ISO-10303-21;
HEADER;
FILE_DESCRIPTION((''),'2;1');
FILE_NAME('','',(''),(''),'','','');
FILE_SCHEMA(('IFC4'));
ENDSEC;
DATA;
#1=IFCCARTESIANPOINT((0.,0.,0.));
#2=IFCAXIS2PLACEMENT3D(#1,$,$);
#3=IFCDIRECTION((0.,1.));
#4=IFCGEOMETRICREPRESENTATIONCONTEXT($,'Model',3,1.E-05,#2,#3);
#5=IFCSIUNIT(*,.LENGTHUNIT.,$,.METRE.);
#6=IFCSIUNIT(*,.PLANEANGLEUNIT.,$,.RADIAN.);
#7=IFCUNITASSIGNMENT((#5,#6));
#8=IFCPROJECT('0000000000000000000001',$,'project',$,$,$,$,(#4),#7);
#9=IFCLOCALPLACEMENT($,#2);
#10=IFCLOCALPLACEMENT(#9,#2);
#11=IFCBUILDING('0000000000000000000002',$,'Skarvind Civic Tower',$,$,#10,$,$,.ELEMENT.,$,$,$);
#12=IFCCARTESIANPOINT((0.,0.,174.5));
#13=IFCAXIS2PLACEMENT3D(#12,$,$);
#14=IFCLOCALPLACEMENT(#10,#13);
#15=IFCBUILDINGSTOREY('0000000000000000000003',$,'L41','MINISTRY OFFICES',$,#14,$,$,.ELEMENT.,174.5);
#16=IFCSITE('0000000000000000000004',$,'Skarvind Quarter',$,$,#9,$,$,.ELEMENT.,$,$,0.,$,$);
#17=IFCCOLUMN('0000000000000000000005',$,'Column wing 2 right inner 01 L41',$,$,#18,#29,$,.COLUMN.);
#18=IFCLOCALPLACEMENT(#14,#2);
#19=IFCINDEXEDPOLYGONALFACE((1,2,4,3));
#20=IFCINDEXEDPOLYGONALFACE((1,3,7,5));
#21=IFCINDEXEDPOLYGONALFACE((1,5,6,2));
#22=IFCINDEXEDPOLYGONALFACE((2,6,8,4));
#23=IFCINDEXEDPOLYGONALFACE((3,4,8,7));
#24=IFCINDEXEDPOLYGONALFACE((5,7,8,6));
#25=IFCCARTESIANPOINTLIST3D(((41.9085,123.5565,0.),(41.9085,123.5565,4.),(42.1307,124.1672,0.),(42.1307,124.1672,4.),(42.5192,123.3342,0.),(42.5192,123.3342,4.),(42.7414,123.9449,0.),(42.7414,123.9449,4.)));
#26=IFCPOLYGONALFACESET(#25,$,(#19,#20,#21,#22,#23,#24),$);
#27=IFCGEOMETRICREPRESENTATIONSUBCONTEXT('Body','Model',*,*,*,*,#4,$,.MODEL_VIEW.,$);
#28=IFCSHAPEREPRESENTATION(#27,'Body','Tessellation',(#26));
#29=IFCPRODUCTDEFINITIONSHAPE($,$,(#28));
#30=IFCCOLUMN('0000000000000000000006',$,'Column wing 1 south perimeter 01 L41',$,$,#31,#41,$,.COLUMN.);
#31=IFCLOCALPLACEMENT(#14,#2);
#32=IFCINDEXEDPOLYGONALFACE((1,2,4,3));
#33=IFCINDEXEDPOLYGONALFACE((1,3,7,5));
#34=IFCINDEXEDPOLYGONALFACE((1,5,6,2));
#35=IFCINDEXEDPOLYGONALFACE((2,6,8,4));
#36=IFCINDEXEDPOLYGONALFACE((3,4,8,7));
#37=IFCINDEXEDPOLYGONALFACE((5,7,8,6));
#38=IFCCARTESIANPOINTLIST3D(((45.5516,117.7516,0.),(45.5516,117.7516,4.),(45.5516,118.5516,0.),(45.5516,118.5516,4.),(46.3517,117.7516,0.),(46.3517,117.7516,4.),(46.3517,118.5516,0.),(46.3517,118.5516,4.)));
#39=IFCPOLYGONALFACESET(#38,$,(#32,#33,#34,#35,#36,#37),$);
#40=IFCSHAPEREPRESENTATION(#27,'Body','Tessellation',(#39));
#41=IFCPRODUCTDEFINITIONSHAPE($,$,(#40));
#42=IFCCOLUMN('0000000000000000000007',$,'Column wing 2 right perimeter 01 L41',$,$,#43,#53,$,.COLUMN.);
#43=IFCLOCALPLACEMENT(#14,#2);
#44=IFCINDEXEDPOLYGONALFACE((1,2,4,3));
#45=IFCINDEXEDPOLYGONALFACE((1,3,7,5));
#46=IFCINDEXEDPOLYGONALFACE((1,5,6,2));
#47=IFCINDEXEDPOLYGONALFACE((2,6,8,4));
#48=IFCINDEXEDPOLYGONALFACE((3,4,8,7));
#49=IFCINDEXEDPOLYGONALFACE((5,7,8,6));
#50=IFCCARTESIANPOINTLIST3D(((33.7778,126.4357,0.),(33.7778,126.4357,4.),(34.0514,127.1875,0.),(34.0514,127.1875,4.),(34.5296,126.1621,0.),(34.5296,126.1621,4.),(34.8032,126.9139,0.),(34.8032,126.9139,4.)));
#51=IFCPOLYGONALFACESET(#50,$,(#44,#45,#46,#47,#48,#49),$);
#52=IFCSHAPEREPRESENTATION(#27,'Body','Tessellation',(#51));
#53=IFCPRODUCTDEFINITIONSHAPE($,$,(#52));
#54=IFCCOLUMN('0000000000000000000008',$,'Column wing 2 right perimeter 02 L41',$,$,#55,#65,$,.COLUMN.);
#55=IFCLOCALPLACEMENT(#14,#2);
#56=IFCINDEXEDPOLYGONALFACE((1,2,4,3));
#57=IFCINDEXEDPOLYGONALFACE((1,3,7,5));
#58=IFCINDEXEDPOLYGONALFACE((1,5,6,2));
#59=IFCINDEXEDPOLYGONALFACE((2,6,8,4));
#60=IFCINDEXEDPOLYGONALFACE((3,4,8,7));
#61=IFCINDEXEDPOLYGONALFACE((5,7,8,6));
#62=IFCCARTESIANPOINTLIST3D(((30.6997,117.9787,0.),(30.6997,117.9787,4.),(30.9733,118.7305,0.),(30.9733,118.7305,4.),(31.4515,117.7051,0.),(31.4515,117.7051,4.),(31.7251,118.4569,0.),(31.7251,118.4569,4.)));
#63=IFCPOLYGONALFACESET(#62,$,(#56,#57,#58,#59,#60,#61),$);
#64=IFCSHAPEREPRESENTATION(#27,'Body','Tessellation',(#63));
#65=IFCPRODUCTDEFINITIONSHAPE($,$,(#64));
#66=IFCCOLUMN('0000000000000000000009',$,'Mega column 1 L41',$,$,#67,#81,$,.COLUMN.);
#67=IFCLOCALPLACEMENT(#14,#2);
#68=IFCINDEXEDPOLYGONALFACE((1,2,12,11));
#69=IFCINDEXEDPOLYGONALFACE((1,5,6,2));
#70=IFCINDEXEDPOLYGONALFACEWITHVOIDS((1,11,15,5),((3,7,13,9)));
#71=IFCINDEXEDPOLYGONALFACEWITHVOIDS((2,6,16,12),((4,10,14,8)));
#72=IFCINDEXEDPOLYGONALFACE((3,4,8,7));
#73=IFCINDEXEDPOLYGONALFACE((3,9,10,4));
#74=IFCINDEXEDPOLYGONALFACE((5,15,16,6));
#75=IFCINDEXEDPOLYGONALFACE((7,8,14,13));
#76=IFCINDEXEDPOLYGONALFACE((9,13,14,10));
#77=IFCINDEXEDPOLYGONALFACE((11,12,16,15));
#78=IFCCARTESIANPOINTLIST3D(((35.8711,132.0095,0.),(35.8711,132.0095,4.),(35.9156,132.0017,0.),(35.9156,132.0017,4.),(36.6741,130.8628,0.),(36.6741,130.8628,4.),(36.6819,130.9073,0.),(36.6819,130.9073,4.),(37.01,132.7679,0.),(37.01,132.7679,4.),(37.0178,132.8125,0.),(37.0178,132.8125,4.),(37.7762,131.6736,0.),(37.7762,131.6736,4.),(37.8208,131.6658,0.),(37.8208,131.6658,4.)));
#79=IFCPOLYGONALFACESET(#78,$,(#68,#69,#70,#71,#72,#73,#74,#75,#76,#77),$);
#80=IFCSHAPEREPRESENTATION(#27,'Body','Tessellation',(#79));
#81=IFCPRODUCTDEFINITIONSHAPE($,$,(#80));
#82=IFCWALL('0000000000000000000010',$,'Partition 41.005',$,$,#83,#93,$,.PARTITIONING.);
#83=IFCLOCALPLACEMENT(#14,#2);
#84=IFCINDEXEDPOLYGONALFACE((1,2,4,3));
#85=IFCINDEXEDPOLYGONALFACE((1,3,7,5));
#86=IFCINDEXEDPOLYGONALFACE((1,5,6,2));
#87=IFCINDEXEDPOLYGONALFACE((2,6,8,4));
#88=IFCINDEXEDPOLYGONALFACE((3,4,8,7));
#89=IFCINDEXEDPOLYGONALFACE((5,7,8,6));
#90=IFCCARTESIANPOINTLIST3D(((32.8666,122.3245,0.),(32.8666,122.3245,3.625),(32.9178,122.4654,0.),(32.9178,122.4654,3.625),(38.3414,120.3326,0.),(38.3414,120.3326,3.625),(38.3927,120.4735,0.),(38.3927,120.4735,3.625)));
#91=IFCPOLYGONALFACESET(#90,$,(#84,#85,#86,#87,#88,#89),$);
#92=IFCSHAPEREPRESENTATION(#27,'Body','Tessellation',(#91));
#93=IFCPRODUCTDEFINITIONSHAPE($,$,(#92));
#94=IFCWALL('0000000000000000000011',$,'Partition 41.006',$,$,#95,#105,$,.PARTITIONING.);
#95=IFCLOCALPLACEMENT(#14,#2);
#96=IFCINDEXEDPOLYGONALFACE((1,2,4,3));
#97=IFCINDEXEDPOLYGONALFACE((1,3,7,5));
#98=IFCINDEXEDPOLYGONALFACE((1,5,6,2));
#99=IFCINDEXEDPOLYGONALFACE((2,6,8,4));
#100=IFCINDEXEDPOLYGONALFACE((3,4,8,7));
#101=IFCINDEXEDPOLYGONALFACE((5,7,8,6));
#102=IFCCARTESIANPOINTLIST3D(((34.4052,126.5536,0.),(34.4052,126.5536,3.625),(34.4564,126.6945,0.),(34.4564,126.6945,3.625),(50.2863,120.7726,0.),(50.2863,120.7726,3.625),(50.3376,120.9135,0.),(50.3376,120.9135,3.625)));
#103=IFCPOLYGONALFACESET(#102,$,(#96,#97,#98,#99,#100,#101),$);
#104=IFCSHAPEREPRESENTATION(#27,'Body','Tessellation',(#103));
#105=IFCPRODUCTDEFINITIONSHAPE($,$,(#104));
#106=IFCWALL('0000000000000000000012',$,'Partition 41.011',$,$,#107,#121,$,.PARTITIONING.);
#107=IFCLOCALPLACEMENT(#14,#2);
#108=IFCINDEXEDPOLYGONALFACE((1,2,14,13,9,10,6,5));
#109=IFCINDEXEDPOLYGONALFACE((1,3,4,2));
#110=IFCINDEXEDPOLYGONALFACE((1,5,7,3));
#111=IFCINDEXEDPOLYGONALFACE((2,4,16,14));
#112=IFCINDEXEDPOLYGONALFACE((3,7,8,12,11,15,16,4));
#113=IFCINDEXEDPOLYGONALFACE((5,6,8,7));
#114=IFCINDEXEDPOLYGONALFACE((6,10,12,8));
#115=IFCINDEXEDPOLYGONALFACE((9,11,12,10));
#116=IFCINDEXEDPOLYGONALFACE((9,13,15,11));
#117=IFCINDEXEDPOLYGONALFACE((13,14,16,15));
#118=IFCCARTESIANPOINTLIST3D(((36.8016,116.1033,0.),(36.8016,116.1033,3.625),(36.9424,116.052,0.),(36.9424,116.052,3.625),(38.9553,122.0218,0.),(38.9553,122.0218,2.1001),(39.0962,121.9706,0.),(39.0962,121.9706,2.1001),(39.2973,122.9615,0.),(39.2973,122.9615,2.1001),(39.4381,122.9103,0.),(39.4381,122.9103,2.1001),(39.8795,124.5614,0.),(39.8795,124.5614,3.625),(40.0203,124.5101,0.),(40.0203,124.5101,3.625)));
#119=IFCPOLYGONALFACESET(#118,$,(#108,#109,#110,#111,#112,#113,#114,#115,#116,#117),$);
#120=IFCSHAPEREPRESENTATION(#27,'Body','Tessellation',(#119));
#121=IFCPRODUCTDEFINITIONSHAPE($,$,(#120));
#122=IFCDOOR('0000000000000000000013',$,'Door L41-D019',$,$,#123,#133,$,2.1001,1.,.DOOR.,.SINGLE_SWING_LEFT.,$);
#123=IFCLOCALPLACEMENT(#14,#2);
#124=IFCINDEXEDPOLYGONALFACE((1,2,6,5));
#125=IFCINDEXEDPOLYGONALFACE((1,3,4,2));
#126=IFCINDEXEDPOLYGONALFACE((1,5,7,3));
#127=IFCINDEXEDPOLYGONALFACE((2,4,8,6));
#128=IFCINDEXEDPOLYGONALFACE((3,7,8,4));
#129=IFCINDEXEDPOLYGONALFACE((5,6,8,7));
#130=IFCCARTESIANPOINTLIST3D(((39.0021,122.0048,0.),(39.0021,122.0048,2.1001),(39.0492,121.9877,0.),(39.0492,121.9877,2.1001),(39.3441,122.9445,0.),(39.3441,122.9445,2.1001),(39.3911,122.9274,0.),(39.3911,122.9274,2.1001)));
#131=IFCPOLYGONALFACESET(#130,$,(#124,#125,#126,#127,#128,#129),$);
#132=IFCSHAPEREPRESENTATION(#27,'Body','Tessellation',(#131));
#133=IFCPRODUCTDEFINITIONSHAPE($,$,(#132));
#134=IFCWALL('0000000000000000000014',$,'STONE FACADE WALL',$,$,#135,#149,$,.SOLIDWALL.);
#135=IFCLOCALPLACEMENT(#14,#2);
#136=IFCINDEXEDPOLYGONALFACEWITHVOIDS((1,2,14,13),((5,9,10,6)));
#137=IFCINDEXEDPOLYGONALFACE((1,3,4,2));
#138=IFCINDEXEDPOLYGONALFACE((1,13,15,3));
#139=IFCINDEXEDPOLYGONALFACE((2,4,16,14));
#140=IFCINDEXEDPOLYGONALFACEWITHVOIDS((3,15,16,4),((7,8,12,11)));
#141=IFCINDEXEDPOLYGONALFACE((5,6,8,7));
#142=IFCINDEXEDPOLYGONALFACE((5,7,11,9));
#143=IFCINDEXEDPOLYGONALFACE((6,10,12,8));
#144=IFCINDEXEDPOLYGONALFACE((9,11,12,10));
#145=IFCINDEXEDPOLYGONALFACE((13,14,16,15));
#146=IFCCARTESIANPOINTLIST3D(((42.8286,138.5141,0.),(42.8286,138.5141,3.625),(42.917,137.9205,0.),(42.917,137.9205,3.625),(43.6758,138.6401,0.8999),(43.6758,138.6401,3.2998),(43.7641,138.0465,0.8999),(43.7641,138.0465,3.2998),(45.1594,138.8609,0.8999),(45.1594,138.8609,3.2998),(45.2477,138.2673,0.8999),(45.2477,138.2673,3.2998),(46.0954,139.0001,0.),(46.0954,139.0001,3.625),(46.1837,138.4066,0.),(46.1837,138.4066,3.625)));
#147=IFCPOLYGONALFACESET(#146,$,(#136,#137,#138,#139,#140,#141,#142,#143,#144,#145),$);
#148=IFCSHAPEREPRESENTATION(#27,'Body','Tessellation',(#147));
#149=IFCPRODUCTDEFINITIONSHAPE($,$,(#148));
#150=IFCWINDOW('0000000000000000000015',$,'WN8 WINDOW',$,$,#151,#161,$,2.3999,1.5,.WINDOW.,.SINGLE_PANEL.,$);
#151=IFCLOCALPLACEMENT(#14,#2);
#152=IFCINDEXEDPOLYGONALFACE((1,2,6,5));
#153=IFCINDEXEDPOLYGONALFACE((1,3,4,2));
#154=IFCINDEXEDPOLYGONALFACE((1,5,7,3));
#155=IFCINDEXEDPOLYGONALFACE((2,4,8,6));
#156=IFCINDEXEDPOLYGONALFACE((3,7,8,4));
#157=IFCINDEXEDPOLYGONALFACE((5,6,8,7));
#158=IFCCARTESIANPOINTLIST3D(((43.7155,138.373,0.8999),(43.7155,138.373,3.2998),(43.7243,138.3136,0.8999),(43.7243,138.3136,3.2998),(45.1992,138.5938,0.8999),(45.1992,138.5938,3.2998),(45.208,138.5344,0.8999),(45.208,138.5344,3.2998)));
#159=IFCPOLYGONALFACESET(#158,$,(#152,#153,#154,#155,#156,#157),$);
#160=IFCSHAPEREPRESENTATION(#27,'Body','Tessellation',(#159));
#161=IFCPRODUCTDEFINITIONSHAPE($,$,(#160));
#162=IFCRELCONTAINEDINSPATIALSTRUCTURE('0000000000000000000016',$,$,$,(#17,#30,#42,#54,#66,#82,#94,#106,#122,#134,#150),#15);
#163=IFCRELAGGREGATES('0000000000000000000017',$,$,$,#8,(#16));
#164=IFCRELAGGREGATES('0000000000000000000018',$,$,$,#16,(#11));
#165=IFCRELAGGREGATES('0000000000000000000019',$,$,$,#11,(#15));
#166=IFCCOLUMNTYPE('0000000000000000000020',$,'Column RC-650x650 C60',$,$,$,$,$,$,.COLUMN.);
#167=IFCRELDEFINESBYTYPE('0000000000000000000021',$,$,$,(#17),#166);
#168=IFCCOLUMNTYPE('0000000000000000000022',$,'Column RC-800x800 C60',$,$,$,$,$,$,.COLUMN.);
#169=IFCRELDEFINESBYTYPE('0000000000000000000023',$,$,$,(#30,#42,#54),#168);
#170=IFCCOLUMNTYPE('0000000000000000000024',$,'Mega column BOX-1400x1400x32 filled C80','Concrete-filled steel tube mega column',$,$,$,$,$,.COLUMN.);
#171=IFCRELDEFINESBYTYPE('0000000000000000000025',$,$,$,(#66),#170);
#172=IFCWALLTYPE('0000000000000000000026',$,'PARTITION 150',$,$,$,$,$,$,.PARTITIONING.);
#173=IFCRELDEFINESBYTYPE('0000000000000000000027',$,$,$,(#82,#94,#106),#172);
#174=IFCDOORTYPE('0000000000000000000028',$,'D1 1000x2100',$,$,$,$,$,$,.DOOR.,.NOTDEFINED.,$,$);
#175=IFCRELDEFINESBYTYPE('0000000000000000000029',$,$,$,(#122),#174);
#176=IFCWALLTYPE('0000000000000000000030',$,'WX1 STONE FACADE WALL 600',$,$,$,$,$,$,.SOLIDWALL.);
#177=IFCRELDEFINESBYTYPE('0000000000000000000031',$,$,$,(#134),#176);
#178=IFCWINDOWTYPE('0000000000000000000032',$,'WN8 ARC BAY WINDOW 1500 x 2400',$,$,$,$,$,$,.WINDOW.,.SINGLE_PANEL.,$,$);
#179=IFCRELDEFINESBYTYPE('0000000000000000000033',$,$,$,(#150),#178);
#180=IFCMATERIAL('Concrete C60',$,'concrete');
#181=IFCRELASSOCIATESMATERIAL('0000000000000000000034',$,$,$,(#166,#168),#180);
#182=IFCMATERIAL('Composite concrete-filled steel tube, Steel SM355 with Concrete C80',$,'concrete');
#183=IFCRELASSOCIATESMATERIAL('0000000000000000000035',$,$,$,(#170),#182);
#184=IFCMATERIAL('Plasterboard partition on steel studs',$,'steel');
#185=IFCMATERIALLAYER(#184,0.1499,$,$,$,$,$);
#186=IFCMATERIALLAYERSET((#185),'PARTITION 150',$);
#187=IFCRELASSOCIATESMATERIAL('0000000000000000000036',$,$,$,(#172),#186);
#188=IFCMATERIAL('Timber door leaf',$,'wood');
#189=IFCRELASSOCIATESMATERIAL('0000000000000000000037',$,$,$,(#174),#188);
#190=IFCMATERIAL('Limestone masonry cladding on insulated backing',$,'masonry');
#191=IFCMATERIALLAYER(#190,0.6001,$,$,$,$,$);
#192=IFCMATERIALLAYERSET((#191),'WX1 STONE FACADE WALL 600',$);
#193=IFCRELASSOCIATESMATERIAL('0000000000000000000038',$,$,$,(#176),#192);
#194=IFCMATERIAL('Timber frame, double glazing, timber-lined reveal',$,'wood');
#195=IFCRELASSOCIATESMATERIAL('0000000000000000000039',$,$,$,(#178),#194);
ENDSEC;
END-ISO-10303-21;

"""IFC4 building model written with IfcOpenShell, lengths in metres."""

from ifc_helpers import new_model, si_unit, direction, frame, frame_2d, origin, origin_2d, place, context, subcontext, project, spatial, rectangle, hollow_rectangle, extrude, material, layer, layer_set, material_profile, profile_set, type_object, element, fill, save


model = new_model("IFC4")

# Units and contexts
model_context = context("Model", 3, precision=1e-05, world=origin(), true_north=direction((0.0, 1.0)))
body_context = subcontext(model_context, "Body", "Model", "MODEL_VIEW")
ifc_project = project(units=[si_unit("LENGTHUNIT", "METRE"), si_unit("PLANEANGLEUNIT", "RADIAN")], contexts=[model_context])

# Site, building, storey
site_placement = place(None, origin())
site = spatial("IfcSite", under=ifc_project, at=site_placement, Name="Skarvind Quarter", CompositionType="ELEMENT", RefElevation=0.0)
building_placement = place(site_placement, origin())
building = spatial("IfcBuilding", under=site, at=building_placement, Name="Skarvind Civic Tower", CompositionType="ELEMENT")
storey_placement = place(building_placement, frame((0.0, 0.0, 174.5)))
storey = spatial("IfcBuildingStorey", under=building, at=storey_placement, Name="L41", Description="MINISTRY OFFICES", CompositionType="ELEMENT", Elevation=174.5)

# Columns
ifc_material_1 = material(Name="Concrete C60", Category="concrete")
ifc_material_profile_1 = material_profile(ifc_material_1, rectangle(XDim=0.6499, YDim=0.6499, at=origin_2d()), Name="RC-650x650")
ifc_profile_set_1 = profile_set([ifc_material_profile_1], Name="Concrete C60")
column_type_1 = type_object("IfcColumnType", Name="Column RC-650x650 C60", PredefinedType="COLUMN", material=ifc_profile_set_1)
column_1_placement = place(storey_placement, frame((42.325, 123.7507, 0.0), z_axis=(0.0, 0.0, 1.0), x_axis=(-0.34202, -0.939693, 0.0)))
element("IfcColumn", 1, at=column_1_placement, inside=storey, type_object=column_type_1, Name="Column wing 2 right inner 01 L41", PredefinedType="COLUMN", context=body_context, shape_type="SweptSolid", body=[
    extrude(rectangle(XDim=0.6499, YDim=0.6499, at=origin_2d()), origin(), (0.0, 0.0, 1.0), 4.0),
])
ifc_material_profile_2 = material_profile(ifc_material_1, rectangle(XDim=0.8, YDim=0.8, at=origin_2d()), Name="RC-800x800")
ifc_profile_set_2 = profile_set([ifc_material_profile_2], Name="Concrete C60")
column_type_2 = type_object("IfcColumnType", Name="Column RC-800x800 C60", PredefinedType="COLUMN", material=ifc_profile_set_2)
for number, where, z_axis, x_axis, name in (
    (2, (45.9517, 118.1516, 0.0), (0.0, 0.0, 1.0), (1.0, 0.0, 0.0), "Column wing 1 south perimeter 01 L41"),
    (3, (34.2905, 126.6748, 0.0), (0.0, 0.0, 1.0), (-0.34202, -0.939693, 0.0), "Column wing 2 right perimeter 01 L41"),
    (4, (31.2124, 118.2178, 0.0), (0.0, 0.0, 1.0), (-0.34202, -0.939693, 0.0), "Column wing 2 right perimeter 02 L41"),
):
    element("IfcColumn", number, at=place(storey_placement, frame(where, z_axis=z_axis, x_axis=x_axis)), inside=storey, type_object=column_type_2, Name=name, PredefinedType="COLUMN", context=body_context, shape_type="SweptSolid", body=[
        extrude(rectangle(XDim=0.8, YDim=0.8, at=origin_2d()), origin(), (0.0, 0.0, 1.0), 4.0),
    ])
ifc_material_2 = material(Name="Composite concrete-filled steel tube, Steel SM355 with Concrete C80", Category="concrete")
ifc_material_profile_3 = material_profile(ifc_material_2, hollow_rectangle(XDim=1.3999, YDim=1.3999, WallThickness=0.032, at=origin_2d()), Name="BOX-1400x1400x32")
ifc_profile_set_3 = profile_set([ifc_material_profile_3], Name="Composite concrete-filled steel tube, Steel SM355 with Concrete C80")
column_type_3 = type_object("IfcColumnType", Name="Mega column BOX-1400x1400x32 filled C80", Description="Concrete-filled steel tube mega column", PredefinedType="COLUMN", material=ifc_profile_set_3)
column_2_placement = place(storey_placement, frame((36.8459, 131.8376, 0.0), z_axis=(0.0, 0.0, 1.0), x_axis=(0.573576, -0.819152, 0.0)))
element("IfcColumn", 5, at=column_2_placement, inside=storey, type_object=column_type_3, Name="Mega column 1 L41", PredefinedType="COLUMN", context=body_context, shape_type="SweptSolid", body=[
    extrude(hollow_rectangle(XDim=1.3999, YDim=1.3999, WallThickness=0.032, at=origin_2d()), origin(), (0.0, 0.0, 1.0), 4.0),
])

# Walls
ifc_material_3 = material(Name="Plasterboard partition on steel studs", Category="steel")
ifc_layer_1 = layer(ifc_material_3, 0.1499)
ifc_layer_set_1 = layer_set([ifc_layer_1], Name="PARTITION 150")
wall_type_1 = type_object("IfcWallType", Name="PARTITION 150", PredefinedType="PARTITIONING", material=ifc_layer_set_1)
wall_1_placement = place(storey_placement, frame((32.8921, 122.395, 0.0), z_axis=(0.0, 0.0, 1.0), x_axis=(0.939733, -0.341908, 0.0)))
element("IfcWall", 6, at=wall_1_placement, inside=storey, type_object=wall_type_1, Name="Partition 41.005", PredefinedType="PARTITIONING", context=body_context, shape_type="SweptSolid", body=[
    extrude(rectangle(XDim=5.8259, YDim=0.1499, at=frame_2d((2.9131, 0.0))), origin(), (0.0, 0.0, 1.0), 3.625),
])
wall_2_placement = place(storey_placement, frame((34.4309, 126.624, 0.0), z_axis=(0.0, 0.0, 1.0), x_axis=(0.939678, -0.34206, 0.0)))
element("IfcWall", 7, at=wall_2_placement, inside=storey, type_object=wall_type_1, Name="Partition 41.006", PredefinedType="PARTITIONING", context=body_context, shape_type="SweptSolid", body=[
    extrude(rectangle(XDim=16.9006, YDim=0.1499, at=frame_2d((8.4502, 0.0))), origin(), (0.0, 0.0, 1.0), 3.625),
])

# Wall, opening, door
wall_3_placement = place(storey_placement, frame((39.95, 124.5359, 0.0), z_axis=(0.0, 0.0, 1.0), x_axis=(-0.341963, -0.939713, 0.0)))
wall_3 = element("IfcWall", 8, at=wall_3_placement, inside=storey, type_object=wall_type_1, Name="Partition 41.011", PredefinedType="PARTITIONING", context=body_context, shape_type="SweptSolid", body=[
    extrude(rectangle(XDim=9.0007, YDim=0.1499, at=frame_2d((4.5005, 0.0))), origin(), (0.0, 0.0, 1.0), 3.625),
])
opening_1_placement = place(wall_3_placement, frame((1.7026, 0.0, 0.0)))
opening_1 = element("IfcOpeningElement", 9, at=opening_1_placement, cuts=wall_3, PredefinedType="OPENING", context=body_context, shape_type="SweptSolid", body=[
    extrude(rectangle(XDim=1.0, YDim=2.1001, at=frame_2d((0.5, 1.05))), frame((0.0, 0.085, 0.0), z_axis=(0.0, -1.0, 0.0), x_axis=(1.0, 0.0, 0.0)), (0.0, 0.0, 1.0), 0.1699),
])
ifc_material_4 = material(Name="Timber door leaf", Category="wood")
door_type = type_object("IfcDoorType", Name="D1 1000x2100", OperationType="NOTDEFINED", PredefinedType="DOOR", material=ifc_material_4)
door_placement = place(opening_1_placement, origin())
door = element("IfcDoor", 10, at=door_placement, inside=storey, type_object=door_type, Name="Door L41-D019", OperationType="SINGLE_SWING_LEFT", OverallHeight=2.1001, OverallWidth=1.0, PredefinedType="DOOR", context=body_context, shape_type="SweptSolid", body=[
    extrude(rectangle(XDim=1.0, YDim=2.1001, at=frame_2d((0.5, 1.05))), frame((0.0, 0.0249, 0.0), z_axis=(0.0, -1.0, 0.0), x_axis=(1.0, 0.0, 0.0)), (0.0, 0.0, 1.0), 0.05),
])
fill(opening_1, door)

# Wall, opening, window
ifc_material_5 = material(Name="Limestone masonry cladding on insulated backing", Category="masonry")
ifc_layer_2 = layer(ifc_material_5, 0.6001)
ifc_layer_set_2 = layer_set([ifc_layer_2], Name="WX1 STONE FACADE WALL 600")
wall_type_2 = type_object("IfcWallType", Name="WX1 STONE FACADE WALL 600", PredefinedType="SOLIDWALL", material=ifc_layer_set_2)
wall_4_placement = place(storey_placement, frame((42.8728, 138.2173, 0.0), z_axis=(0.0, 0.0, 1.0), x_axis=(0.989111, 0.147173, 0.0)))
wall_4 = element("IfcWall", 11, at=wall_4_placement, inside=storey, type_object=wall_type_2, Name="STONE FACADE WALL", PredefinedType="SOLIDWALL", context=body_context, shape_type="SweptSolid", body=[
    extrude(rectangle(XDim=3.3027, YDim=0.6001, at=frame_2d((1.6514, 0.0))), origin(), (0.0, 0.0, 1.0), 3.625),
])
opening_2_placement = place(wall_4_placement, frame((0.8564, 0.0, 0.8999)))
opening_2 = element("IfcOpeningElement", 12, at=opening_2_placement, cuts=wall_4, PredefinedType="OPENING", context=body_context, shape_type="SweptSolid", body=[
    extrude(rectangle(XDim=1.5, YDim=2.3999, at=frame_2d((0.75, 1.2))), frame((0.0, 0.3101, 0.0), z_axis=(0.0, -1.0, 0.0), x_axis=(1.0, 0.0, 0.0)), (0.0, 0.0, 1.0), 0.6201),
])
ifc_material_6 = material(Name="Timber frame, double glazing, timber-lined reveal", Category="wood")
window_type = type_object("IfcWindowType", Name="WN8 ARC BAY WINDOW 1500 x 2400", PartitioningType="SINGLE_PANEL", PredefinedType="WINDOW", material=ifc_material_6)
window_1_placement = place(opening_2_placement, origin())
window_1 = element("IfcWindow", 13, at=window_1_placement, inside=storey, type_object=window_type, Name="WN8 WINDOW", OverallHeight=2.3999, OverallWidth=1.5, PartitioningType="SINGLE_PANEL", PredefinedType="WINDOW", context=body_context, shape_type="SweptSolid", body=[
    extrude(rectangle(XDim=1.5, YDim=2.3999, at=frame_2d((0.75, 1.2))), frame((0.0, 0.03, 0.0), z_axis=(0.0, -1.0, 0.0), x_axis=(1.0, 0.0, 0.0)), (0.0, 0.0, 1.0), 0.0601),
])
fill(opening_2, window_1)

save(model, "model.ifc")
